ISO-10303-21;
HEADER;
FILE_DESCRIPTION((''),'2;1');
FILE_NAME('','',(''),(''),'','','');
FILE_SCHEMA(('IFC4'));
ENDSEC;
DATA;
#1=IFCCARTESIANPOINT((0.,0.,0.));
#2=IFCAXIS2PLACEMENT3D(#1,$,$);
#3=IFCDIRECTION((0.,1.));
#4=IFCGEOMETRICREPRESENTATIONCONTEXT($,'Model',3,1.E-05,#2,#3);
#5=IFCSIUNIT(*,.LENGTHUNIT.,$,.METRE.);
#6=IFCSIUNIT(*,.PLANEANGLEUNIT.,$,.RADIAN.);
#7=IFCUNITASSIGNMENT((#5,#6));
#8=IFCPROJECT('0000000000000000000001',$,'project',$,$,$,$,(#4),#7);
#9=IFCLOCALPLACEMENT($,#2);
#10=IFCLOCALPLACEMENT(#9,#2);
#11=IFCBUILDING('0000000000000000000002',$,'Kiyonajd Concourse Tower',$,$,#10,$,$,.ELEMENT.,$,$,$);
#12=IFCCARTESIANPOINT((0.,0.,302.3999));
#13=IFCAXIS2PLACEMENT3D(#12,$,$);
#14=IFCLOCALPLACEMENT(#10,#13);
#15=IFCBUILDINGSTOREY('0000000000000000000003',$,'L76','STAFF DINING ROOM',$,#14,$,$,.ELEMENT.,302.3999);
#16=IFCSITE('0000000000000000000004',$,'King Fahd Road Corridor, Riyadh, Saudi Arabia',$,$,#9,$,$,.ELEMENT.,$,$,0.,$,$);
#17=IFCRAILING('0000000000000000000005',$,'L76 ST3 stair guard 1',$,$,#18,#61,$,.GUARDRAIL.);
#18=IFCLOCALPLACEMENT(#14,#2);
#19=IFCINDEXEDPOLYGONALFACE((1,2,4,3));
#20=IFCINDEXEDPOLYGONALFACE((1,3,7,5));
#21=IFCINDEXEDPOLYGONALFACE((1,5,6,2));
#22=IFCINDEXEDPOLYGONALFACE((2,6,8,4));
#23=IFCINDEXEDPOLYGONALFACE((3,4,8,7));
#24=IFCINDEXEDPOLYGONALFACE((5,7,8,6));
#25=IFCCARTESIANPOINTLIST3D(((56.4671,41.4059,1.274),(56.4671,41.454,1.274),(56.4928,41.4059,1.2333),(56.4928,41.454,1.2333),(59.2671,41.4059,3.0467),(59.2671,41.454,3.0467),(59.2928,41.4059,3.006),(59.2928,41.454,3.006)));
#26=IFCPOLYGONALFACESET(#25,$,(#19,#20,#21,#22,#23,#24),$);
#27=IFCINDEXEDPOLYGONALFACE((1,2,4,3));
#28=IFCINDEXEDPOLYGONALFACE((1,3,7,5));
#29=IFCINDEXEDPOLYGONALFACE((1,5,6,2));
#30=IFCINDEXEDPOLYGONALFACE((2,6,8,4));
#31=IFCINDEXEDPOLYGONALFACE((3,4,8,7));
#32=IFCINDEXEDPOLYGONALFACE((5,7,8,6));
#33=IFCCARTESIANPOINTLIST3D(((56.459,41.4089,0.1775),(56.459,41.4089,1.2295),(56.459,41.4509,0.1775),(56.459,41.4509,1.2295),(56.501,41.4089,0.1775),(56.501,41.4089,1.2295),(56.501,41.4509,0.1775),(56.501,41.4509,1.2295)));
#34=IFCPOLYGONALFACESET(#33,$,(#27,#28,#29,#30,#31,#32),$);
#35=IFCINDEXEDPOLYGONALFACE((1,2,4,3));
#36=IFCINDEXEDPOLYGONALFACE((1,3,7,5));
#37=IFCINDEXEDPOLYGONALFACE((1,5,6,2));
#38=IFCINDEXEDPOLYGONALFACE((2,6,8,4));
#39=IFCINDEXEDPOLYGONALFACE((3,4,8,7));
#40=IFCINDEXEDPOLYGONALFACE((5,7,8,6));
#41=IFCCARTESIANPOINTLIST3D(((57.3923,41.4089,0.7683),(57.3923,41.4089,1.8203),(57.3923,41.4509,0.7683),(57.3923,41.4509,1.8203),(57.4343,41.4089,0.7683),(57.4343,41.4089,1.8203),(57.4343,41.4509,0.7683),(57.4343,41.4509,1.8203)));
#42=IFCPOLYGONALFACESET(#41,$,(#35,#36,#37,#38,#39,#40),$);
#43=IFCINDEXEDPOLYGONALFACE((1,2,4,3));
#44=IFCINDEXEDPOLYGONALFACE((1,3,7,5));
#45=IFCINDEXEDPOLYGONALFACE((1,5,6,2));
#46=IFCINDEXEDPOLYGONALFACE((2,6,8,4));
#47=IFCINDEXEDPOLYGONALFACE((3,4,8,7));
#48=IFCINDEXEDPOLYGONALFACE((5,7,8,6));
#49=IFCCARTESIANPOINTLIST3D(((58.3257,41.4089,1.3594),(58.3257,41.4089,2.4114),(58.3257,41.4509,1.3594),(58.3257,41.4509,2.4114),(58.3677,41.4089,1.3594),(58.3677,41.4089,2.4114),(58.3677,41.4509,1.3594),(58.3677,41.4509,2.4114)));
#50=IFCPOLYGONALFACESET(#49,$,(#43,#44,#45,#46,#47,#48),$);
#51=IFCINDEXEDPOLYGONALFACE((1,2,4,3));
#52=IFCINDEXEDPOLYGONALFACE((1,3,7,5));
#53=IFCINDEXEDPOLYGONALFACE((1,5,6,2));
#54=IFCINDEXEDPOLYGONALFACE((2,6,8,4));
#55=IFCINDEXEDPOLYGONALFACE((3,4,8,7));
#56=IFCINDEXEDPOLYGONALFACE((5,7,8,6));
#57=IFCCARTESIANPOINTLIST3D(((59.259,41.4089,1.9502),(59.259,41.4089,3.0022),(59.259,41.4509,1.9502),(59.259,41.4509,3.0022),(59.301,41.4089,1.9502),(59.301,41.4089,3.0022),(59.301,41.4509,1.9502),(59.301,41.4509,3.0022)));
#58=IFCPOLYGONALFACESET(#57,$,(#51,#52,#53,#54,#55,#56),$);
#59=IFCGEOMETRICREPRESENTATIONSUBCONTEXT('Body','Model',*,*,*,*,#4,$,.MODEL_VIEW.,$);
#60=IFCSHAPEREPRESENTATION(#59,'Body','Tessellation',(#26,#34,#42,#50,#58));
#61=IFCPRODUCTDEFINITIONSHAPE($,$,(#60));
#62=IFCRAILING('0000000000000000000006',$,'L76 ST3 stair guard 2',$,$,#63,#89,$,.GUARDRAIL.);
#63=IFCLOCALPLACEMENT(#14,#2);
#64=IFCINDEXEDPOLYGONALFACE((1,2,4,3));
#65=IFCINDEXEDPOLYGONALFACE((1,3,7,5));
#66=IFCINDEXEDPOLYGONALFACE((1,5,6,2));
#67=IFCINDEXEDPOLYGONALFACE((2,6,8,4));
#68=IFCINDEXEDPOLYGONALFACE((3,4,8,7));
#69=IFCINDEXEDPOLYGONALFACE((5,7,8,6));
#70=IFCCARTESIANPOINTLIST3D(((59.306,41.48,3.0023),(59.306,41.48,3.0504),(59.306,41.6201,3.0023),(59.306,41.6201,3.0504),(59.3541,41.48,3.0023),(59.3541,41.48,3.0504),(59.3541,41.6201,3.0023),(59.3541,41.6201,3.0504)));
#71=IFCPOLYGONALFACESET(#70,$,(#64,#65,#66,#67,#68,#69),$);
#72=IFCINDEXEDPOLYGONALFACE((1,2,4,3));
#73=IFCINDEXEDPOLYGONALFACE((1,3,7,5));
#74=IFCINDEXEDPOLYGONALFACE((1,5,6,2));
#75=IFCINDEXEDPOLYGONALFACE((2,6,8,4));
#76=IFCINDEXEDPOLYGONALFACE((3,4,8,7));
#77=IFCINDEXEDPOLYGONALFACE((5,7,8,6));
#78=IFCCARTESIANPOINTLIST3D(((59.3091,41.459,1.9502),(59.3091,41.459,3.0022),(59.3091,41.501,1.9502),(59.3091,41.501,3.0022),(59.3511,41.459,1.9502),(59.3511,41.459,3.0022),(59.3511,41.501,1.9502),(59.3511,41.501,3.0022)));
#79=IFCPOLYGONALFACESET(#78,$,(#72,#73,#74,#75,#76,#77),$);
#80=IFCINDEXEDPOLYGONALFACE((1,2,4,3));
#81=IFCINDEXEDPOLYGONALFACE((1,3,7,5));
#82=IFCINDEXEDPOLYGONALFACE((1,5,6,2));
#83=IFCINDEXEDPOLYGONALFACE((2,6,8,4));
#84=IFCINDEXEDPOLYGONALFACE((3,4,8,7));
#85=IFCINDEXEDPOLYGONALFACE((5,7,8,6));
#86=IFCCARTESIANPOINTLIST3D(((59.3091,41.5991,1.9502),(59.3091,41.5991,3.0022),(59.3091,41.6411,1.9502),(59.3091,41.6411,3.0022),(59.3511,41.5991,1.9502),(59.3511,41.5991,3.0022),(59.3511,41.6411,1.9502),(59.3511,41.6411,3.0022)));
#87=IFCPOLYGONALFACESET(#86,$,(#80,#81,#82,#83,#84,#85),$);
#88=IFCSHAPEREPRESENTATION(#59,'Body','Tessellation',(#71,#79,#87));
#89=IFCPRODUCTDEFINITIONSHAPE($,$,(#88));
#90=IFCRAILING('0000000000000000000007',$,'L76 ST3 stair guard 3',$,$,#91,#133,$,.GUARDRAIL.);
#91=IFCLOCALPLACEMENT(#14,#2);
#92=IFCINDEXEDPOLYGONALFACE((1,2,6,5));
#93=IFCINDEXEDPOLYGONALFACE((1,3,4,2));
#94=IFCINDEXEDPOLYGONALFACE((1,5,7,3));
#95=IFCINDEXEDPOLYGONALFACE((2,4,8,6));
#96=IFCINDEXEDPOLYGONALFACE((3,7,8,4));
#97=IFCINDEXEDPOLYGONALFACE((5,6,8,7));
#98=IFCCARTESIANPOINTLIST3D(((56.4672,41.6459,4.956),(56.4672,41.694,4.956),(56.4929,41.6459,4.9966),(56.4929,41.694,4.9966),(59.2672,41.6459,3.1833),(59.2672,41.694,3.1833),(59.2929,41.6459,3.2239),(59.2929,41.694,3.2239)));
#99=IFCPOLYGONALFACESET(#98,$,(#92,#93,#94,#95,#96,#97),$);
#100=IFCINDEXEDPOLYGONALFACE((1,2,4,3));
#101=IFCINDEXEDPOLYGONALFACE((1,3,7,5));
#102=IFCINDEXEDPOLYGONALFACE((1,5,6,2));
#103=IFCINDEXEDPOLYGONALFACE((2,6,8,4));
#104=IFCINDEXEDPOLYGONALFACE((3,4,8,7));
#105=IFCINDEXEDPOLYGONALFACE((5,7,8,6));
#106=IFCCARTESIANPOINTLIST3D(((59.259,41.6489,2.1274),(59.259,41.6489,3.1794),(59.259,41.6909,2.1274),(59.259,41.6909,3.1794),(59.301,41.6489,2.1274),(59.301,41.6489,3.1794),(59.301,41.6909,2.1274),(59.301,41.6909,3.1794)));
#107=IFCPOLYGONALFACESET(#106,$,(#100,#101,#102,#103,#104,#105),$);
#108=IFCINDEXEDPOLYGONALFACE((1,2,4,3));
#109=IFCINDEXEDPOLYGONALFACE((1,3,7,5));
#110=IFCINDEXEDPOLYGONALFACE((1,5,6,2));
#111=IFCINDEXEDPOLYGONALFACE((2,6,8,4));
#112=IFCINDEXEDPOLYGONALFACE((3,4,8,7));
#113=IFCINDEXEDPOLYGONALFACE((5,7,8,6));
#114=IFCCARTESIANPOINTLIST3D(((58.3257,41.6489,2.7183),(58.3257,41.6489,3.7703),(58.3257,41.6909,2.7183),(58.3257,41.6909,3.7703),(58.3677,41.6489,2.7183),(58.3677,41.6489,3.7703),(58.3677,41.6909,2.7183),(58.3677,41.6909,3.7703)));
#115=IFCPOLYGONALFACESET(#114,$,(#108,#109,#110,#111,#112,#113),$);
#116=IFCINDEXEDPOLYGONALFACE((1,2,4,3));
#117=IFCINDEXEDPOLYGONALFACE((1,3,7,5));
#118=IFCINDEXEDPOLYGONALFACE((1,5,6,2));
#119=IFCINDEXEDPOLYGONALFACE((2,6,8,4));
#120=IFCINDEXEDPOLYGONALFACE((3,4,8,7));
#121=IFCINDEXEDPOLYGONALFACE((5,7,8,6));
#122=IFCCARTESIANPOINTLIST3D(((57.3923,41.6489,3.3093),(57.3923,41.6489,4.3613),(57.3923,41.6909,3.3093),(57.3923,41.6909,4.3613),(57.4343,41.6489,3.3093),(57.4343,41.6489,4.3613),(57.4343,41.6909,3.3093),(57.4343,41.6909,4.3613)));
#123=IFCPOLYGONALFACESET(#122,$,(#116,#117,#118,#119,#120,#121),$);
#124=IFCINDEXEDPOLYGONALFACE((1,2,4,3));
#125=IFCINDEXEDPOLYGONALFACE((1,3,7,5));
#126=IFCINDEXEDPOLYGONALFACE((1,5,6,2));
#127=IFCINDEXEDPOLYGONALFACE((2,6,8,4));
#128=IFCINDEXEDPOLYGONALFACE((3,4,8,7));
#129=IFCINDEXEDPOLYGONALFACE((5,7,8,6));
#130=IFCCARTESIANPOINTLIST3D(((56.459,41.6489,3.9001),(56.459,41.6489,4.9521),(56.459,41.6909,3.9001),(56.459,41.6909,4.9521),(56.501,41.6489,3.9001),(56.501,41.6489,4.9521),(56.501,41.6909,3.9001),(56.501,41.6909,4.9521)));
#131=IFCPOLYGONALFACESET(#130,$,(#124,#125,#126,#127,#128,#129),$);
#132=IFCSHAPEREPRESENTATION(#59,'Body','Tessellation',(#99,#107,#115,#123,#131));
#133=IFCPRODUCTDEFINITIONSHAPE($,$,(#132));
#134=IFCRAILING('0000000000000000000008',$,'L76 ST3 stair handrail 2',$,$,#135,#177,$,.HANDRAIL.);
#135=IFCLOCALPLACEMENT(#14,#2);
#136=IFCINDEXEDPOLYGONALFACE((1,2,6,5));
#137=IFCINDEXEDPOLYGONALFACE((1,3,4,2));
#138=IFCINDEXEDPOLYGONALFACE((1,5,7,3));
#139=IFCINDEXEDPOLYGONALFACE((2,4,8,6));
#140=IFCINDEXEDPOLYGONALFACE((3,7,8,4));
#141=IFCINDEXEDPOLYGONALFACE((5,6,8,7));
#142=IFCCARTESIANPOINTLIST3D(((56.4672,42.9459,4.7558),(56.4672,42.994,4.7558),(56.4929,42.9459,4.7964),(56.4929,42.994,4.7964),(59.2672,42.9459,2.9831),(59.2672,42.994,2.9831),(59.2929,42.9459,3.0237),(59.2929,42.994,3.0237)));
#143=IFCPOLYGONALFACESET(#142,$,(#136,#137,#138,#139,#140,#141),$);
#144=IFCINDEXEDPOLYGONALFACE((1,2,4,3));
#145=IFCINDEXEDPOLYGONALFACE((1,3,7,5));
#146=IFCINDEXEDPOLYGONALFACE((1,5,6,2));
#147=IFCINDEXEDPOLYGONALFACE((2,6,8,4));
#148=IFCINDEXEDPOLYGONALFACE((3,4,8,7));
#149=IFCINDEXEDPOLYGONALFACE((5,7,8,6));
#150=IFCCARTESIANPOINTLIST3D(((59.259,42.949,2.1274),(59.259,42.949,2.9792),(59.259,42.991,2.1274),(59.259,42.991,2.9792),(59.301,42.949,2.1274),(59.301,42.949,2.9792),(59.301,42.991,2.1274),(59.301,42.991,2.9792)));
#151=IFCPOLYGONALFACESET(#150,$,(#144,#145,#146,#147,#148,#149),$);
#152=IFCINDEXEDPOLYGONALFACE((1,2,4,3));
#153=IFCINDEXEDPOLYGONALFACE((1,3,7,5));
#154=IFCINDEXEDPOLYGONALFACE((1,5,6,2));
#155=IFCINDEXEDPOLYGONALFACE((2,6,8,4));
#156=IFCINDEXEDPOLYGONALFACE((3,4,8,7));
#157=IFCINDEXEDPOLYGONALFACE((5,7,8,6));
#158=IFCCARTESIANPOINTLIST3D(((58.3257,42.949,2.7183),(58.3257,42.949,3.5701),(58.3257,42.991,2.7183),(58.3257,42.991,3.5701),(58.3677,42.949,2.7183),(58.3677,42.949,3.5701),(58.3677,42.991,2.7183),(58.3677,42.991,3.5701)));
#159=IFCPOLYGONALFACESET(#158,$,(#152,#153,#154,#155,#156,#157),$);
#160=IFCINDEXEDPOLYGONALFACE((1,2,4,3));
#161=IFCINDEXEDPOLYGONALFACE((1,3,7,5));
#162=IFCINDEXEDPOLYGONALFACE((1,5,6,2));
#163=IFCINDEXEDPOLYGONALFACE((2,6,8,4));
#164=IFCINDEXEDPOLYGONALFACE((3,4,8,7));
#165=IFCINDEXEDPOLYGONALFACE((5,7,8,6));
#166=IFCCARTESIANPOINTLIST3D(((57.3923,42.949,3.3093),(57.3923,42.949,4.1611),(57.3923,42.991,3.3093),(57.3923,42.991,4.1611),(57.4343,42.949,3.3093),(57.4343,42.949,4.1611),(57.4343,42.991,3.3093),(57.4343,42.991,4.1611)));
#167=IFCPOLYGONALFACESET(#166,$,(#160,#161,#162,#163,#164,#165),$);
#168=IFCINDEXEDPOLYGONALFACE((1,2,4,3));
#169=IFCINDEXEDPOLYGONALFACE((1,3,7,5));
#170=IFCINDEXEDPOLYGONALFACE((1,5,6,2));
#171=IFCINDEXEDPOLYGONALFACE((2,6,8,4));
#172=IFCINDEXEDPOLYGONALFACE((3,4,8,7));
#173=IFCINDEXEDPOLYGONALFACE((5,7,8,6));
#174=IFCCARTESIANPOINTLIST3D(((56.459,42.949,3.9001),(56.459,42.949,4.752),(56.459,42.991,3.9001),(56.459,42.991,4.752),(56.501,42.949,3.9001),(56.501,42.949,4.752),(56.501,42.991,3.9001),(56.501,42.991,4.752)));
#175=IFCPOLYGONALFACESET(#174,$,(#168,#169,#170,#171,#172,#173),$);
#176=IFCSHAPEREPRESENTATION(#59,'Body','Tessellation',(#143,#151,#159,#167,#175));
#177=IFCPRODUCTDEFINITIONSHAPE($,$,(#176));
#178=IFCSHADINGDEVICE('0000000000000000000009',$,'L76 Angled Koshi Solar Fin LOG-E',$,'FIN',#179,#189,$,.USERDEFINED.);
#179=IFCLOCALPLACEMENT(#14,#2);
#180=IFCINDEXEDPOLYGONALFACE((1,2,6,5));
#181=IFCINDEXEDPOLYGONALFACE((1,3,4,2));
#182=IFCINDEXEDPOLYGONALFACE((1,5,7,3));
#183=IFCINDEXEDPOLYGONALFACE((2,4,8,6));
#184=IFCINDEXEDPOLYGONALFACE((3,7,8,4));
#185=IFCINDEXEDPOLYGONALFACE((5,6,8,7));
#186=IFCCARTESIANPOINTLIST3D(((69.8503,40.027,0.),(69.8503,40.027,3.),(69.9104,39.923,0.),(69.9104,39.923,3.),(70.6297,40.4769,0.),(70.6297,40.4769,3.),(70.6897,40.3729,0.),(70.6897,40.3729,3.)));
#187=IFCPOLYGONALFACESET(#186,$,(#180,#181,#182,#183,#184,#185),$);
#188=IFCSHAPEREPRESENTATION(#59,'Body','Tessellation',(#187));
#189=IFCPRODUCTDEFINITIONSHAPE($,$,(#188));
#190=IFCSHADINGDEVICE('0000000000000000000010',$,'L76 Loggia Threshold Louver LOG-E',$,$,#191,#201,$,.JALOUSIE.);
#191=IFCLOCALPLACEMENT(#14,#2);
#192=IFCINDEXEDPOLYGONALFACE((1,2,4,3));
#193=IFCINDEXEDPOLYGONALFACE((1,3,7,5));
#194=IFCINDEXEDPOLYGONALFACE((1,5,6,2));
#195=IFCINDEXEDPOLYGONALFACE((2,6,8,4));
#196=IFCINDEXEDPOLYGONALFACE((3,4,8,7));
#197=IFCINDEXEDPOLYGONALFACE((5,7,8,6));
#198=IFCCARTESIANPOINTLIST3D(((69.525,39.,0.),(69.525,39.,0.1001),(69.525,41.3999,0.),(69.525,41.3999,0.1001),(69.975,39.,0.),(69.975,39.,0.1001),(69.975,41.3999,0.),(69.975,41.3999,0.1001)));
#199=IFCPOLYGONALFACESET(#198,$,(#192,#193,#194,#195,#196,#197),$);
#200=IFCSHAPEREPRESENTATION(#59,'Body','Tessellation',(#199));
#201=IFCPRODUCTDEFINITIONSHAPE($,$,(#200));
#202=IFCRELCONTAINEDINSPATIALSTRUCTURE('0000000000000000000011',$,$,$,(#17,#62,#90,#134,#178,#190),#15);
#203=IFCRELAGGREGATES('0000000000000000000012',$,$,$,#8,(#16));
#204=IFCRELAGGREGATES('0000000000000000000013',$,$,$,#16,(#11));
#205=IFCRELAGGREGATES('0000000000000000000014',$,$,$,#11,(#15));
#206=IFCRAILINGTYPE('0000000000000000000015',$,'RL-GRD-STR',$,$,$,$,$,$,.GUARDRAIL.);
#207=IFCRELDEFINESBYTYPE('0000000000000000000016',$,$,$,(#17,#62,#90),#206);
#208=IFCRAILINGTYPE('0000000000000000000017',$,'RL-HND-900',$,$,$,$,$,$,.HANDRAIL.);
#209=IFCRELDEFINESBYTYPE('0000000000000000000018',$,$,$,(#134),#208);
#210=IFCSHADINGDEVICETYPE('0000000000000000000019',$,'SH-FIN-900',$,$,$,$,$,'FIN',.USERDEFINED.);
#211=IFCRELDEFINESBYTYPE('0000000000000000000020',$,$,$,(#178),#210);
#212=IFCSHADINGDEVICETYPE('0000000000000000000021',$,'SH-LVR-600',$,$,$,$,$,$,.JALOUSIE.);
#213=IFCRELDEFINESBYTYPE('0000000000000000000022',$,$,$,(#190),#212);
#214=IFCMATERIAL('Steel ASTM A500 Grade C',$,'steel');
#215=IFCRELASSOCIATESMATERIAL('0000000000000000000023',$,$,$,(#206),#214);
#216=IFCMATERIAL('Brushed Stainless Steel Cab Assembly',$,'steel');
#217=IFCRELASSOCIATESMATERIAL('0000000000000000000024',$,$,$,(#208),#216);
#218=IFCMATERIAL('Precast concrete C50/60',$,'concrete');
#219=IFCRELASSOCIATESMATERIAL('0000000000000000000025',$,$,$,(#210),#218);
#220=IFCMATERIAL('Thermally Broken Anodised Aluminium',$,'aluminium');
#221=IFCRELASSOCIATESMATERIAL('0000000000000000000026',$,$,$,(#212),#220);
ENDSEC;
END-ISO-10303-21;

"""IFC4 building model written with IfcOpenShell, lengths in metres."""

from ifc_helpers import new_model, si_unit, direction, frame, origin, origin_2d, place, context, subcontext, project, spatial, rectangle, extrude, material, type_object, element, save


model = new_model("IFC4")

# Units and contexts
model_context = context("Model", 3, precision=1e-05, world=origin(), true_north=direction((0.0, 1.0)))
body_context = subcontext(model_context, "Body", "Model", "MODEL_VIEW")
ifc_project = project(units=[si_unit("LENGTHUNIT", "METRE"), si_unit("PLANEANGLEUNIT", "RADIAN")], contexts=[model_context])

# Site, building, storey
site_placement = place(None, origin())
site = spatial("IfcSite", under=ifc_project, at=site_placement, Name="King Fahd Road Corridor, Riyadh, Saudi Arabia", CompositionType="ELEMENT", RefElevation=0.0)
building_placement = place(site_placement, origin())
building = spatial("IfcBuilding", under=site, at=building_placement, Name="Kiyonajd Concourse Tower", CompositionType="ELEMENT")
storey_placement = place(building_placement, frame((0.0, 0.0, 302.3999)))
storey = spatial("IfcBuildingStorey", under=building, at=storey_placement, Name="L76", Description="STAFF DINING ROOM", CompositionType="ELEMENT", Elevation=302.3999)

# Shared definitions
ifc_material_1 = material(Name="Thermally Broken Anodised Aluminium", Category="aluminium")

# Shared definitions
ifc_material_2 = material(Name="Precast concrete C50/60", Category="concrete")

# Shared definitions
ifc_material_3 = material(Name="Brushed Stainless Steel Cab Assembly", Category="steel")

# Railings
ifc_material_4 = material(Name="Steel ASTM A500 Grade C", Category="steel")
railing_type_1 = type_object("IfcRailingType", Name="RL-GRD-STR", PredefinedType="GUARDRAIL", material=ifc_material_4)
railing_1_placement = place(storey_placement, frame((56.48, 41.4299, 0.1775)))
element("IfcRailing", 1, at=railing_1_placement, inside=storey, type_object=railing_type_1, Name="L76 ST3 stair guard 1", PredefinedType="GUARDRAIL", context=body_context, shape_type="SweptSolid", body=[
    extrude(rectangle(XDim=0.0481, YDim=0.0481, at=origin_2d()), frame((0.0, 0.0, 1.0762), z_axis=(0.844909, 0.0, 0.53491), x_axis=(0.0, 1.0, 0.0)), (0.0, 0.0, 1.0), 3.314),
    extrude(rectangle(XDim=0.042, YDim=0.042, at=origin_2d()), origin(), (0.0, 0.0, 1.0), 1.052),
    extrude(rectangle(XDim=0.042, YDim=0.042, at=origin_2d()), frame((0.9333, 0.0, 0.5908)), (0.0, 0.0, 1.0), 1.052),
    extrude(rectangle(XDim=0.042, YDim=0.042, at=origin_2d()), frame((1.8667, 0.0, 1.1819)), (0.0, 0.0, 1.0), 1.052),
    extrude(rectangle(XDim=0.042, YDim=0.042, at=origin_2d()), frame((2.8, 0.0, 1.7727)), (0.0, 0.0, 1.0), 1.052),
])
railing_2_placement = place(storey_placement, frame((59.3301, 41.48, 1.9502)))
element("IfcRailing", 2, at=railing_2_placement, inside=storey, type_object=railing_type_1, Name="L76 ST3 stair guard 2", PredefinedType="GUARDRAIL", context=body_context, shape_type="SweptSolid", body=[
    extrude(rectangle(XDim=0.0481, YDim=0.0481, at=origin_2d()), frame((0.0, 0.0, 1.0762), z_axis=(0.0, 1.0, 0.0), x_axis=(-1.0, 0.0, 0.0)), (0.0, 0.0, 1.0), 0.1401),
    extrude(rectangle(XDim=0.042, YDim=0.042, at=origin_2d()), origin(), (0.0, 0.0, 1.0), 1.052),
    extrude(rectangle(XDim=0.042, YDim=0.042, at=origin_2d()), frame((0.0, 0.1401, 0.0)), (0.0, 0.0, 1.0), 1.052),
])
railing_3_placement = place(storey_placement, frame((59.28, 41.6699, 2.1274)))
element("IfcRailing", 3, at=railing_3_placement, inside=storey, type_object=railing_type_1, Name="L76 ST3 stair guard 3", PredefinedType="GUARDRAIL", context=body_context, shape_type="SweptSolid", body=[
    extrude(rectangle(XDim=0.0481, YDim=0.0481, at=origin_2d()), frame((0.0, 0.0, 1.0762), z_axis=(-0.844909, 0.0, 0.53491), x_axis=(0.0, -1.0, 0.0)), (0.0, 0.0, 1.0), 3.314),
    extrude(rectangle(XDim=0.042, YDim=0.042, at=origin_2d()), origin(), (0.0, 0.0, 1.0), 1.052),
    extrude(rectangle(XDim=0.042, YDim=0.042, at=origin_2d()), frame((-0.9333, 0.0, 0.5908)), (0.0, 0.0, 1.0), 1.052),
    extrude(rectangle(XDim=0.042, YDim=0.042, at=origin_2d()), frame((-1.8667, 0.0, 1.1819)), (0.0, 0.0, 1.0), 1.052),
    extrude(rectangle(XDim=0.042, YDim=0.042, at=origin_2d()), frame((-2.8, 0.0, 1.7727)), (0.0, 0.0, 1.0), 1.052),
])
railing_type_2 = type_object("IfcRailingType", Name="RL-HND-900", PredefinedType="HANDRAIL", material=ifc_material_3)
railing_4_placement = place(storey_placement, frame((59.28, 42.97, 2.1274)))
element("IfcRailing", 4, at=railing_4_placement, inside=storey, type_object=railing_type_2, Name="L76 ST3 stair handrail 2", PredefinedType="HANDRAIL", context=body_context, shape_type="SweptSolid", body=[
    extrude(rectangle(XDim=0.0481, YDim=0.0481, at=origin_2d()), frame((0.0, 0.0, 0.876), z_axis=(-0.844909, 0.0, 0.53491), x_axis=(0.0, -1.0, 0.0)), (0.0, 0.0, 1.0), 3.314),
    extrude(rectangle(XDim=0.042, YDim=0.042, at=origin_2d()), origin(), (0.0, 0.0, 1.0), 0.8518),
    extrude(rectangle(XDim=0.042, YDim=0.042, at=origin_2d()), frame((-0.9333, 0.0, 0.5908)), (0.0, 0.0, 1.0), 0.8518),
    extrude(rectangle(XDim=0.042, YDim=0.042, at=origin_2d()), frame((-1.8667, 0.0, 1.1819)), (0.0, 0.0, 1.0), 0.8518),
    extrude(rectangle(XDim=0.042, YDim=0.042, at=origin_2d()), frame((-2.8, 0.0, 1.7727)), (0.0, 0.0, 1.0), 0.8518),
])

# Shading devices
shading_device_type_1 = type_object("IfcShadingDeviceType", Name="SH-FIN-900", ElementType="FIN", PredefinedType="USERDEFINED", material=ifc_material_2)
shading_device_1_placement = place(storey_placement, frame((70.27, 40.2, 0.0), z_axis=(0.0, 0.0, 1.0), x_axis=(0.866025, 0.5, 0.0)))
element("IfcShadingDevice", 5, at=shading_device_1_placement, inside=storey, type_object=shading_device_type_1, Name="L76 Angled Koshi Solar Fin LOG-E", ObjectType="FIN", PredefinedType="USERDEFINED", context=body_context, shape_type="SweptSolid", body=[
    extrude(rectangle(XDim=0.8999, YDim=0.1201, at=origin_2d()), origin(), (0.0, 0.0, 1.0), 3.0),
])
shading_device_type_2 = type_object("IfcShadingDeviceType", Name="SH-LVR-600", PredefinedType="JALOUSIE", material=ifc_material_1)
shading_device_2_placement = place(storey_placement, frame((69.75, 40.2, 0.0), z_axis=(0.0, 0.0, 1.0), x_axis=(0.0, 1.0, 0.0)))
element("IfcShadingDevice", 6, at=shading_device_2_placement, inside=storey, type_object=shading_device_type_2, Name="L76 Loggia Threshold Louver LOG-E", PredefinedType="JALOUSIE", context=body_context, shape_type="SweptSolid", body=[
    extrude(rectangle(XDim=2.3999, YDim=0.45, at=origin_2d()), origin(), (0.0, 0.0, 1.0), 0.1001),
])

save(model, "model.ifc")
